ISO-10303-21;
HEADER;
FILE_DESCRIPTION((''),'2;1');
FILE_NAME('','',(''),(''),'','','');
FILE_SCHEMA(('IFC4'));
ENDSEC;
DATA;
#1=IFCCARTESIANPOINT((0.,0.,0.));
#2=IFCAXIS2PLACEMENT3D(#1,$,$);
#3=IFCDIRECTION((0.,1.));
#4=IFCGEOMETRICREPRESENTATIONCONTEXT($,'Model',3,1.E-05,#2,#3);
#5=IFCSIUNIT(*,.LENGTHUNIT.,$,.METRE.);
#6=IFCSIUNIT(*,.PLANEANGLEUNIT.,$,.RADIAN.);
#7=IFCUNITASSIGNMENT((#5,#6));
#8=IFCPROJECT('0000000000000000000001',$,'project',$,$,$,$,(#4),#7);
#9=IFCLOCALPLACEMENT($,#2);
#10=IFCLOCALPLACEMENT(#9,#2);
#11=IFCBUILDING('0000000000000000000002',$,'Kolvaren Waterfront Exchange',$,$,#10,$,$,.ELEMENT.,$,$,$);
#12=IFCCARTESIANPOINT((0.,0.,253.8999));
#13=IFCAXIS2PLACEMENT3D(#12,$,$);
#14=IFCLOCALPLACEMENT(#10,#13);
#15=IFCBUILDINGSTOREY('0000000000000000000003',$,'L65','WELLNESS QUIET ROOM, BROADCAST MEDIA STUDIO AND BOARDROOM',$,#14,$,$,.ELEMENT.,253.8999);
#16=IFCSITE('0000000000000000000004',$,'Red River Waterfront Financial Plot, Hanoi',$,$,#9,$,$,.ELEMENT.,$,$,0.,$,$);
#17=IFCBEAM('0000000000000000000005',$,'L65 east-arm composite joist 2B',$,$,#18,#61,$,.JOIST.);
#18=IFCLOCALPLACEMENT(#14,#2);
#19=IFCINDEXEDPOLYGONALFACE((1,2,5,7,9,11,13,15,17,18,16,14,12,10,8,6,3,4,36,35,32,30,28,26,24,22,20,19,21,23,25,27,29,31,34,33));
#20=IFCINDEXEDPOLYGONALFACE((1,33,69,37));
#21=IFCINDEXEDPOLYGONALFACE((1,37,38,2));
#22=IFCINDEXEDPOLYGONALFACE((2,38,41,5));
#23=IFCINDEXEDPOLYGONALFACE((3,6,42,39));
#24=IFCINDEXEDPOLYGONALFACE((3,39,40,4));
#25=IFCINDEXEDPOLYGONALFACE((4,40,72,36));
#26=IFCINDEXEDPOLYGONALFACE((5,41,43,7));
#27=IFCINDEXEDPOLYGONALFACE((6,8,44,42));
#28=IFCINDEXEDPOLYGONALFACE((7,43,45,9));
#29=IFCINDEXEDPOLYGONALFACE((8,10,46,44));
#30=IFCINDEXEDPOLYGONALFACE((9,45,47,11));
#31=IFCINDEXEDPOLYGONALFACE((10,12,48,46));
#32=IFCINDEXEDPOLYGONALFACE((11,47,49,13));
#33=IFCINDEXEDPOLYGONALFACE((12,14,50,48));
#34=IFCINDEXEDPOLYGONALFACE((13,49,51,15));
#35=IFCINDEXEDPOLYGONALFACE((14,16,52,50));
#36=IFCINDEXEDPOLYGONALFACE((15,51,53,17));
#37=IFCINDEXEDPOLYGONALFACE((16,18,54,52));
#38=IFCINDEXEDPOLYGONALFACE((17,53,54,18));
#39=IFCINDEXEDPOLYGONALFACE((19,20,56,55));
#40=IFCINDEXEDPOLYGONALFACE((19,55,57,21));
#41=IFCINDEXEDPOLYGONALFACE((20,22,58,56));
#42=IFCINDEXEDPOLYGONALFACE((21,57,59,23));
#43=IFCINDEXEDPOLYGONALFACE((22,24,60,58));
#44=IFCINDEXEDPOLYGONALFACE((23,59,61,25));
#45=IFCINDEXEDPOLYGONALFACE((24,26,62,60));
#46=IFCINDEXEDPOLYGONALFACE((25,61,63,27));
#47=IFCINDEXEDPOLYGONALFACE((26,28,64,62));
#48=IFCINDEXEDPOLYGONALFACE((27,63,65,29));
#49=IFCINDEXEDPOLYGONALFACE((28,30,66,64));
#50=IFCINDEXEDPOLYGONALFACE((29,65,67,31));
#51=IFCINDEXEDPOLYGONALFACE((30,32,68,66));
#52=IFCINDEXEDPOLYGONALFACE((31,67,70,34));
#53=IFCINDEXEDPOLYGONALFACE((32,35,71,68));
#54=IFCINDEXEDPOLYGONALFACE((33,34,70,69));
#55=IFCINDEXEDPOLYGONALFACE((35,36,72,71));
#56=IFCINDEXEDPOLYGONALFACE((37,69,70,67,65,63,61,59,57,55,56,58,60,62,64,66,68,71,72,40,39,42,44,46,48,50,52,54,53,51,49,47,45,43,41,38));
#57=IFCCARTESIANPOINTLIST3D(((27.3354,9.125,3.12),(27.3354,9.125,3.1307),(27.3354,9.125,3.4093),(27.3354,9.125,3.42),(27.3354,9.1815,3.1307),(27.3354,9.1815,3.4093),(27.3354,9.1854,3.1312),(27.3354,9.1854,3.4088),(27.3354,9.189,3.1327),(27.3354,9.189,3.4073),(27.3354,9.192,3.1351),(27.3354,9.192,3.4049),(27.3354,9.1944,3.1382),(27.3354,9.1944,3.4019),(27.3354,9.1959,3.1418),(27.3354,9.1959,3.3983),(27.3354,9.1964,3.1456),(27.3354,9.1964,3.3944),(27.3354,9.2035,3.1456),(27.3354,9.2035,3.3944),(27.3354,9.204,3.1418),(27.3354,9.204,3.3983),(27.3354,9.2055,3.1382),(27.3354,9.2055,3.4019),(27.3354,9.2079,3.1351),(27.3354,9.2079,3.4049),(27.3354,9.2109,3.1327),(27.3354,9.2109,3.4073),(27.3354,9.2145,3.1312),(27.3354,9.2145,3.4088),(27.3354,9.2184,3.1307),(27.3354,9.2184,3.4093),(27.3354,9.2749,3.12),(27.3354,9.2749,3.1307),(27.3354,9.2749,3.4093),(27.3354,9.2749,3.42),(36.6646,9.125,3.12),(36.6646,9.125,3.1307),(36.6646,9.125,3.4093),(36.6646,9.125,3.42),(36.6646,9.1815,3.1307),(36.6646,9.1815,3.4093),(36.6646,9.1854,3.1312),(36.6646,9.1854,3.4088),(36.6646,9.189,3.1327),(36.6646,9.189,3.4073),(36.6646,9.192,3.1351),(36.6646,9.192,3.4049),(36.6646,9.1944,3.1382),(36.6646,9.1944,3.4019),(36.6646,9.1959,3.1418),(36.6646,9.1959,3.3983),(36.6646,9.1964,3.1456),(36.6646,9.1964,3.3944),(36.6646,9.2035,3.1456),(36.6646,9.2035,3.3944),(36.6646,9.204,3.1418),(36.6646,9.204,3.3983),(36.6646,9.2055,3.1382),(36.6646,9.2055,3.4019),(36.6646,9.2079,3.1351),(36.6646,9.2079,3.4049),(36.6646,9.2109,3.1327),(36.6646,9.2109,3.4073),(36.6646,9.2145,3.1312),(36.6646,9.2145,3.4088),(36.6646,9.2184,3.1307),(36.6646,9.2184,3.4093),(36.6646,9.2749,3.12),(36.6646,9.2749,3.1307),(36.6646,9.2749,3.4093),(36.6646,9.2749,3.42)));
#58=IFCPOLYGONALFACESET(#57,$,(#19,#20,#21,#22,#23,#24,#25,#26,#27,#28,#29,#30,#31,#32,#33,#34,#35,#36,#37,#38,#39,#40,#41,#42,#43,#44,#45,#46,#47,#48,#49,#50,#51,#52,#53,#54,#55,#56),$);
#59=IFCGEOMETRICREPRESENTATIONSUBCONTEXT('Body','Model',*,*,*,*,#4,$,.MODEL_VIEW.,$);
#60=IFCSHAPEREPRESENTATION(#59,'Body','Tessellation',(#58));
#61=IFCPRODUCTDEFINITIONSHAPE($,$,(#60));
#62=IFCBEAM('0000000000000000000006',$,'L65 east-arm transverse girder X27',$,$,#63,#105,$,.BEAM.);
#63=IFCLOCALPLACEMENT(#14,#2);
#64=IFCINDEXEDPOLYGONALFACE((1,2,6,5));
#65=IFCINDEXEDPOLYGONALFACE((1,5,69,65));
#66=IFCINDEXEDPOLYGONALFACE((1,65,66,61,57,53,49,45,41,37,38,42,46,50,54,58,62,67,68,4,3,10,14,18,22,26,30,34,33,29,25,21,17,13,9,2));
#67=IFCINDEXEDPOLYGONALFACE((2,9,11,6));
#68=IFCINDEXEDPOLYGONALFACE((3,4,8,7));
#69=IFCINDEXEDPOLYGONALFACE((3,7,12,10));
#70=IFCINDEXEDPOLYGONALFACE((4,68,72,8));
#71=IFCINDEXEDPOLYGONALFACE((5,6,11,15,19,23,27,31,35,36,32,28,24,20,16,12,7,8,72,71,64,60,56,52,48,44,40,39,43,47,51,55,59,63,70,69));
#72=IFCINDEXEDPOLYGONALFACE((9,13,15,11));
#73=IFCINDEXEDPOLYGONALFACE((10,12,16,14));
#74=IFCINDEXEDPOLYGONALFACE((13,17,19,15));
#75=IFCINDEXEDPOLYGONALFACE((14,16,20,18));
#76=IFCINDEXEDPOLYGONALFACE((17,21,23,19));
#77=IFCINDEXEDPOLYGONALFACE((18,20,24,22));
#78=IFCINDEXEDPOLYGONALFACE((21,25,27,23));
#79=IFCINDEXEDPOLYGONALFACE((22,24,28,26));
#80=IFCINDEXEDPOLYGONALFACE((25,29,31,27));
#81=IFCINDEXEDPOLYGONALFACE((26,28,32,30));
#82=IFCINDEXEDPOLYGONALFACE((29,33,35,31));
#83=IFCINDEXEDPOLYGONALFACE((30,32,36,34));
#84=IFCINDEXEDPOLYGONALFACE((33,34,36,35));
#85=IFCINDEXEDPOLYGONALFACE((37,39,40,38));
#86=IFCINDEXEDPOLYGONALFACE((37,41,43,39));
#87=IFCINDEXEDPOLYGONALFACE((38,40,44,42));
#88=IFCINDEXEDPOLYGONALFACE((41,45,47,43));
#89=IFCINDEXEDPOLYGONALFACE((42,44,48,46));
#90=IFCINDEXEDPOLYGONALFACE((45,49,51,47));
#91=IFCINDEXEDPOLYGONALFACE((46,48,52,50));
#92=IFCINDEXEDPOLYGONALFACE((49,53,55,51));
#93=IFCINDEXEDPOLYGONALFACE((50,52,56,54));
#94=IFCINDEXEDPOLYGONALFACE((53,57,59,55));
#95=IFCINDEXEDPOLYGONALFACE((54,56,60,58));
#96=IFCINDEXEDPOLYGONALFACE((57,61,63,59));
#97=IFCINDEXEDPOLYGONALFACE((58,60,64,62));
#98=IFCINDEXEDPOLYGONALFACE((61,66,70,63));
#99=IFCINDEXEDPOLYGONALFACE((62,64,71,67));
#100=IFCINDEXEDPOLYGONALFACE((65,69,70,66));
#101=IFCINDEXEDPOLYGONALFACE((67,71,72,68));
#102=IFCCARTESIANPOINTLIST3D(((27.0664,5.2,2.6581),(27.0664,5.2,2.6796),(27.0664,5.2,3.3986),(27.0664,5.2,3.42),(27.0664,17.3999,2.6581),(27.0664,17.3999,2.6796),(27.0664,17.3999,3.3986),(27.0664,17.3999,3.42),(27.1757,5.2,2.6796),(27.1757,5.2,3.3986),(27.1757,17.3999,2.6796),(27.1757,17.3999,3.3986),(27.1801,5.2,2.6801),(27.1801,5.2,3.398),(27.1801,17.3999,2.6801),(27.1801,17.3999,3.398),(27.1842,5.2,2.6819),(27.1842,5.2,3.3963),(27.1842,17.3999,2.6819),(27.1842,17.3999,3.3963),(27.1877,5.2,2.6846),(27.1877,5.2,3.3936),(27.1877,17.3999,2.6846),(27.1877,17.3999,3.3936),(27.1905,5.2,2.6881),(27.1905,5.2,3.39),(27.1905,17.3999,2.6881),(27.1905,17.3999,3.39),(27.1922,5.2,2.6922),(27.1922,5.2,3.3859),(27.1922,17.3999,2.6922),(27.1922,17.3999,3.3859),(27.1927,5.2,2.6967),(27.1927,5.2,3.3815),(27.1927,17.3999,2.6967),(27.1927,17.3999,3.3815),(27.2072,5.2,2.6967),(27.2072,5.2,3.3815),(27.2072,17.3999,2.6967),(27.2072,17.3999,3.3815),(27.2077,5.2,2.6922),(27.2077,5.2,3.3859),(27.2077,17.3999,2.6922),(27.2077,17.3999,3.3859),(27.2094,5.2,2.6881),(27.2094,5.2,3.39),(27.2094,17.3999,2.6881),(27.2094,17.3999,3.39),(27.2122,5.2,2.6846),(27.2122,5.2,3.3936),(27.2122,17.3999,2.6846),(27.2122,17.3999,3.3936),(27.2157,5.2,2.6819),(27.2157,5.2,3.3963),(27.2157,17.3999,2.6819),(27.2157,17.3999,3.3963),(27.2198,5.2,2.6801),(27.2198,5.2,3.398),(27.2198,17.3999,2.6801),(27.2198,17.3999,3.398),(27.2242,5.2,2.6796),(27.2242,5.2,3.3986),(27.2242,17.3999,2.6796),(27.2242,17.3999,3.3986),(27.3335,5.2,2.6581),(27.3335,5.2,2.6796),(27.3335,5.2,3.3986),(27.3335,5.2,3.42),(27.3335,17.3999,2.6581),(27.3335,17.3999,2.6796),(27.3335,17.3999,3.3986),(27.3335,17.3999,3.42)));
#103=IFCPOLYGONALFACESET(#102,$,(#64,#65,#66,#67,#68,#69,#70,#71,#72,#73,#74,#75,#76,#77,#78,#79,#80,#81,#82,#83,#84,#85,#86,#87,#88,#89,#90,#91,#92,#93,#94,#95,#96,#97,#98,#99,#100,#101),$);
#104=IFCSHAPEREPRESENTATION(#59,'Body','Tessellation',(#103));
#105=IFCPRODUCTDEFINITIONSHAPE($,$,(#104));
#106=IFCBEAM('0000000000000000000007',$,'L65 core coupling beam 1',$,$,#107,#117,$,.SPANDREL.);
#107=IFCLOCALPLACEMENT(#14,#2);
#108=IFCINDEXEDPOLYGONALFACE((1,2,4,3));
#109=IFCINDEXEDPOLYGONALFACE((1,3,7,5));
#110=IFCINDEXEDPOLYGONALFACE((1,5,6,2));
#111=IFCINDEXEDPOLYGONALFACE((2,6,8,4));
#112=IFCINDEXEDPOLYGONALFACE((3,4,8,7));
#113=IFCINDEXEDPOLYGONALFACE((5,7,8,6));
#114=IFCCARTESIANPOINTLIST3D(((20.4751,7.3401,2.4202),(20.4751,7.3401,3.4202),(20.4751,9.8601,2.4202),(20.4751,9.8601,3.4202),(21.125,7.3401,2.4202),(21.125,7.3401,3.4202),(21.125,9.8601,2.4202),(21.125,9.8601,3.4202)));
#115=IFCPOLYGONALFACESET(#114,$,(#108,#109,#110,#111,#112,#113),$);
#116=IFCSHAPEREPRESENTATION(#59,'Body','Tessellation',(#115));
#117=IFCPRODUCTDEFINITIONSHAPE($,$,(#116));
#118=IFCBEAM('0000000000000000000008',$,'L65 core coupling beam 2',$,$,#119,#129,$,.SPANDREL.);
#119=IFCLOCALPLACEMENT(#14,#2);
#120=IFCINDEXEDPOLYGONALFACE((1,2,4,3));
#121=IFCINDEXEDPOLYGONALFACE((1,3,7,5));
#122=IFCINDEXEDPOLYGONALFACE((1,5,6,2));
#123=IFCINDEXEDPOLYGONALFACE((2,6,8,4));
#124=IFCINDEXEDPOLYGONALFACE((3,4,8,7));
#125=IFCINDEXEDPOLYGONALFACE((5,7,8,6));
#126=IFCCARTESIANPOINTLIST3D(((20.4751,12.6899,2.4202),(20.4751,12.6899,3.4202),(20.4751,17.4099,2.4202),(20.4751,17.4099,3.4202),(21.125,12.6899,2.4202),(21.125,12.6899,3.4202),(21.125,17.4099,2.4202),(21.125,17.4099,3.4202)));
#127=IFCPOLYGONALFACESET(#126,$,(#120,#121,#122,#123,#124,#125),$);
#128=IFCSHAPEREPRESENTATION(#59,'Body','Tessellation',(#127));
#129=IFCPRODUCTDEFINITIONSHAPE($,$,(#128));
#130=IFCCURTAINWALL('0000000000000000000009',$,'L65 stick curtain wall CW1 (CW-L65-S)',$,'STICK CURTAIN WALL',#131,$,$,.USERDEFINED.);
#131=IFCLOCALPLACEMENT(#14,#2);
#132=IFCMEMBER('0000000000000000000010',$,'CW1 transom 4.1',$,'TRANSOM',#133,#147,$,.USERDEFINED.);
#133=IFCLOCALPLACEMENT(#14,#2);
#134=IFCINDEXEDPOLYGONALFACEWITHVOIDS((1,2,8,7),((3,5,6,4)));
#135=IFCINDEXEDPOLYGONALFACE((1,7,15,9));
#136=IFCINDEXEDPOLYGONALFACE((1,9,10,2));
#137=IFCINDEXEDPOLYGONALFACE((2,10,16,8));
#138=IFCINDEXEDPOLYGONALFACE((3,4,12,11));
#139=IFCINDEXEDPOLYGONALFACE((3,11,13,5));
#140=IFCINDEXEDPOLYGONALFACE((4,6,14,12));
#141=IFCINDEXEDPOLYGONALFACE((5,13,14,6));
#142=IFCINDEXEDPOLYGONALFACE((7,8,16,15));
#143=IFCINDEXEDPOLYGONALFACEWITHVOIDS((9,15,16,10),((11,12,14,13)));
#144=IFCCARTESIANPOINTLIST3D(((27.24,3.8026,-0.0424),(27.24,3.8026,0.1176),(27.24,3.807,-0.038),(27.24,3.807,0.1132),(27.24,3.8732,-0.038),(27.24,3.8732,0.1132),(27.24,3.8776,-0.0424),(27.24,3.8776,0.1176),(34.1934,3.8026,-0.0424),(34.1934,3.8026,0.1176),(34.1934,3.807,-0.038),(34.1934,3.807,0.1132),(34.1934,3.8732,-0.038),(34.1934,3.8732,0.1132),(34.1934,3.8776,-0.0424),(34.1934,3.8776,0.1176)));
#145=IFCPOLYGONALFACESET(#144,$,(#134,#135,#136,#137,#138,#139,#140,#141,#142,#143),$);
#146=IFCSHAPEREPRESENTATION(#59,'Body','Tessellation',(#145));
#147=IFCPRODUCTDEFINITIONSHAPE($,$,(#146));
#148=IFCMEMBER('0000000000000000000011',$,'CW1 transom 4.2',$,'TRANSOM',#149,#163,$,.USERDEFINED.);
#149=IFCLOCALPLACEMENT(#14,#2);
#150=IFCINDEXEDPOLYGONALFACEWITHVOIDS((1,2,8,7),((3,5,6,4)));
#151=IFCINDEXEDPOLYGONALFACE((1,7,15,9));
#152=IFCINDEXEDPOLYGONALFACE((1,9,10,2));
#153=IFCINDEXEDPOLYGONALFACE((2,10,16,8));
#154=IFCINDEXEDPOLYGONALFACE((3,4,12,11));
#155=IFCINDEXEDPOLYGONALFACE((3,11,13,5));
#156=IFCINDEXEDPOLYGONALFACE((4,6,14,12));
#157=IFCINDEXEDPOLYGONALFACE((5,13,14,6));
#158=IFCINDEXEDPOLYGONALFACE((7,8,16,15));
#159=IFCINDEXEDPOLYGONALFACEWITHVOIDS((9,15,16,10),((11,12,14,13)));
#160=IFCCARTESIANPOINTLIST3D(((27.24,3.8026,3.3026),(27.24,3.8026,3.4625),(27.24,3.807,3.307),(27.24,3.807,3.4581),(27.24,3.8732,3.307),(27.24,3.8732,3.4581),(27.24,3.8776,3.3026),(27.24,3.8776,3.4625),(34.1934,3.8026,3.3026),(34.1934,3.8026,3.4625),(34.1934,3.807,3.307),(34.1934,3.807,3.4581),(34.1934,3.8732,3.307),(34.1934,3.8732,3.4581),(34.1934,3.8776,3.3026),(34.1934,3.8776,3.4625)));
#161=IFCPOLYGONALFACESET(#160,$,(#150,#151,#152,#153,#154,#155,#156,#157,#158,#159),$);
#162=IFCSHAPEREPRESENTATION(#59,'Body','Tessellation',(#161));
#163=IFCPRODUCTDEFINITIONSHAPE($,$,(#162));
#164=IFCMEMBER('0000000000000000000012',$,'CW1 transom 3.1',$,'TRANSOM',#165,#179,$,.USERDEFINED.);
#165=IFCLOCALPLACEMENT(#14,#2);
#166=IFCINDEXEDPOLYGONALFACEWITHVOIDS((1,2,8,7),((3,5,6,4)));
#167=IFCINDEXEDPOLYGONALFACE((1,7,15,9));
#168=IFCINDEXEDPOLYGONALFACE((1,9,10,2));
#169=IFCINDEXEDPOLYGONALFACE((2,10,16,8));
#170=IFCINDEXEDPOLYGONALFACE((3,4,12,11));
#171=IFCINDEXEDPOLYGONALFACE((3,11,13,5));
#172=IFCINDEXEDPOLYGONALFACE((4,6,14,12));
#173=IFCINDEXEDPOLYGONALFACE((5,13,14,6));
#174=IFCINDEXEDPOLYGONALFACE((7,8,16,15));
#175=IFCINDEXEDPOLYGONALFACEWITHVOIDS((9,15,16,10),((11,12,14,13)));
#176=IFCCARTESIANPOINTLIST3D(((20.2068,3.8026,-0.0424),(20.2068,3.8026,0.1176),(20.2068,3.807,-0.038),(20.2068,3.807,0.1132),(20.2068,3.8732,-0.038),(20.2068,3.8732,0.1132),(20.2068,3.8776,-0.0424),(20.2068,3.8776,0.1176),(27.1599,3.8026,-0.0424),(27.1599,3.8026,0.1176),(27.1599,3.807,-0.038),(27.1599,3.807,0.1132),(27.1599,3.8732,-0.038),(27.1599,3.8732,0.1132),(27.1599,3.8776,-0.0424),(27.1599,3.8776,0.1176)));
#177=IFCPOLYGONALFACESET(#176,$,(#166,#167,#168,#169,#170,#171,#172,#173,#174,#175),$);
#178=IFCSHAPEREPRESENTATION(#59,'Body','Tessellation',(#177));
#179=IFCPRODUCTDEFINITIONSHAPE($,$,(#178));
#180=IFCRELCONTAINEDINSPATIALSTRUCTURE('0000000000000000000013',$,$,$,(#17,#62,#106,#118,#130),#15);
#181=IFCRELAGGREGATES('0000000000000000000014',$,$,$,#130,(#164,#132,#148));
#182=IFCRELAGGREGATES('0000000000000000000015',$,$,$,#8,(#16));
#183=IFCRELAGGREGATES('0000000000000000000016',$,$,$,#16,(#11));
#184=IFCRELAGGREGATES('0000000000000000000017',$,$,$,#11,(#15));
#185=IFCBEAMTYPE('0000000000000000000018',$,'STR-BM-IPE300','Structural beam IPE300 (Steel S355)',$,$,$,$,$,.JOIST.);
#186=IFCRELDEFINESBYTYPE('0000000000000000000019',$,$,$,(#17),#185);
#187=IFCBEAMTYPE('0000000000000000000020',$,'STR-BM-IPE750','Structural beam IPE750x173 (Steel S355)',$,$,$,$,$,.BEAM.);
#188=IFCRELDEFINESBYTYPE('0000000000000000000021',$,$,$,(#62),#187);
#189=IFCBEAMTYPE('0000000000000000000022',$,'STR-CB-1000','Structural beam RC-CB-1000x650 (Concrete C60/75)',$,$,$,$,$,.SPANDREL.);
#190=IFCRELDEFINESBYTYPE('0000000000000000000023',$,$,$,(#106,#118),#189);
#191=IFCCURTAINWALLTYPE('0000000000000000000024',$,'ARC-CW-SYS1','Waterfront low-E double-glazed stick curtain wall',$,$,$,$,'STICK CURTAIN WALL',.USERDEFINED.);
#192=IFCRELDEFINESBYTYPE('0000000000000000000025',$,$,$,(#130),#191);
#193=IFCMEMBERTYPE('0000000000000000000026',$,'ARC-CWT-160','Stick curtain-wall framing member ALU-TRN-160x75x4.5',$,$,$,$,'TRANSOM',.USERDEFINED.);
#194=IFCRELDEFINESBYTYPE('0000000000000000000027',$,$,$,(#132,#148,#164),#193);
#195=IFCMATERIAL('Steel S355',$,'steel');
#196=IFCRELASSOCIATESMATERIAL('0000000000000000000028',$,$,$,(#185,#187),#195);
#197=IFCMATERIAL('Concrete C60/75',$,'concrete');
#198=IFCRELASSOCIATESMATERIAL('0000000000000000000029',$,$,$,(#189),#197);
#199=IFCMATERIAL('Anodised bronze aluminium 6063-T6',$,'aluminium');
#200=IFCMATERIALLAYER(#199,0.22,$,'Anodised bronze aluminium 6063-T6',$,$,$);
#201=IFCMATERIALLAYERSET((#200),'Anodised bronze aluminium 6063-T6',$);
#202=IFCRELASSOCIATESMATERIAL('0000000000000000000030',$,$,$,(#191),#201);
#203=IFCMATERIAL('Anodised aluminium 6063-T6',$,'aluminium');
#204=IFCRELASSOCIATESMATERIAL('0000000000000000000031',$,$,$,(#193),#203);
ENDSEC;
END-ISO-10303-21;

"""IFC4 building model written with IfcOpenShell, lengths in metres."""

from ifc_helpers import new_model, si_unit, direction, frame, origin, origin_with_axes, origin_2d, place, context, subcontext, project, spatial, rectangle, hollow_rectangle, i_section, extrude, source, transform, mapped, material, layer, layer_set, material_profile, profile_set, type_object, element, aggregate, save


model = new_model("IFC4")

# Units and contexts
model_context = context("Model", 3, precision=1e-05, world=origin(), true_north=direction((0.0, 1.0)))
body_context = subcontext(model_context, "Body", "Model", "MODEL_VIEW")
ifc_project = project(units=[si_unit("LENGTHUNIT", "METRE"), si_unit("PLANEANGLEUNIT", "RADIAN")], contexts=[model_context])

# Site, building, storey
site_placement = place(None, origin())
site = spatial("IfcSite", under=ifc_project, at=site_placement, Name="Red River Waterfront Financial Plot, Hanoi", CompositionType="ELEMENT", RefElevation=0.0)
building_placement = place(site_placement, origin())
building = spatial("IfcBuilding", under=site, at=building_placement, Name="Kolvaren Waterfront Exchange", CompositionType="ELEMENT")
storey_placement = place(building_placement, frame((0.0, 0.0, 253.8999)))
storey = spatial("IfcBuildingStorey", under=building, at=storey_placement, Name="L65", Description="WELLNESS QUIET ROOM, BROADCAST MEDIA STUDIO AND BOARDROOM", CompositionType="ELEMENT", Elevation=253.8999)

# Beams
ifc_material_1 = material(Name="Steel S355", Category="steel")
ifc_material_profile_1 = material_profile(ifc_material_1, i_section(OverallWidth=0.1499, OverallDepth=0.3, WebThickness=0.0071, FlangeThickness=0.0107, FilletRadius=0.0149, at=origin_2d()), Name="IPE300")
ifc_profile_set_1 = profile_set([ifc_material_profile_1], Name="Steel S355")
beam_type_1 = type_object("IfcBeamType", Name="STR-BM-IPE300", Description="Structural beam IPE300 (Steel S355)", PredefinedType="JOIST", material=ifc_profile_set_1)
beam_1_placement = place(storey_placement, frame((27.3354, 9.2, 3.27), z_axis=(1.0, 0.0, 0.0), x_axis=(0.0, 1.0, 0.0)))
element("IfcBeam", 1, at=beam_1_placement, inside=storey, type_object=beam_type_1, Name="L65 east-arm composite joist 2B", PredefinedType="JOIST", context=body_context, shape_type="SweptSolid", body=[
    extrude(i_section(OverallWidth=0.1499, OverallDepth=0.3, WebThickness=0.0071, FlangeThickness=0.0107, FilletRadius=0.0149, at=origin_2d()), origin(), (0.0, 0.0, 1.0), 9.3291),
])
ifc_material_profile_2 = material_profile(ifc_material_1, i_section(OverallWidth=0.2671, OverallDepth=0.762, WebThickness=0.0144, FlangeThickness=0.0215, FilletRadius=0.0171, at=origin_2d()), Name="IPE750x173")
ifc_profile_set_2 = profile_set([ifc_material_profile_2], Name="Steel S355")
beam_type_2 = type_object("IfcBeamType", Name="STR-BM-IPE750", Description="Structural beam IPE750x173 (Steel S355)", PredefinedType="BEAM", material=ifc_profile_set_2)
beam_2_placement = place(storey_placement, frame((27.2, 5.2, 3.0391), z_axis=(0.0, 1.0, 0.0), x_axis=(-1.0, 0.0, 0.0)))
element("IfcBeam", 2, at=beam_2_placement, inside=storey, type_object=beam_type_2, Name="L65 east-arm transverse girder X27", PredefinedType="BEAM", context=body_context, shape_type="SweptSolid", body=[
    extrude(i_section(OverallWidth=0.2671, OverallDepth=0.762, WebThickness=0.0144, FlangeThickness=0.0215, FilletRadius=0.0171, at=origin_2d()), origin(), (0.0, 0.0, 1.0), 12.2),
])
ifc_material_2 = material(Name="Concrete C60/75", Category="concrete")
ifc_material_profile_3 = material_profile(ifc_material_2, rectangle(XDim=0.6499, YDim=1.0, at=origin_2d()), Name="RC-CB-1000x650")
ifc_profile_set_3 = profile_set([ifc_material_profile_3], Name="Concrete C60/75")
beam_type_3 = type_object("IfcBeamType", Name="STR-CB-1000", Description="Structural beam RC-CB-1000x650 (Concrete C60/75)", PredefinedType="SPANDREL", material=ifc_profile_set_3)
beam_3_placement = place(storey_placement, frame((20.8, 7.3401, 2.9202), z_axis=(0.0, 1.0, 0.0), x_axis=(-1.0, 0.0, 0.0)))
element("IfcBeam", 3, at=beam_3_placement, inside=storey, type_object=beam_type_3, Name="L65 core coupling beam 1", PredefinedType="SPANDREL", context=body_context, shape_type="SweptSolid", body=[
    extrude(rectangle(XDim=0.6499, YDim=1.0, at=origin_2d()), origin(), (0.0, 0.0, 1.0), 2.52),
])
beam_4_placement = place(storey_placement, frame((20.8, 12.6899, 2.9202), z_axis=(0.0, 1.0, 0.0), x_axis=(-1.0, 0.0, 0.0)))
element("IfcBeam", 4, at=beam_4_placement, inside=storey, type_object=beam_type_3, Name="L65 core coupling beam 2", PredefinedType="SPANDREL", context=body_context, shape_type="SweptSolid", body=[
    extrude(rectangle(XDim=0.6499, YDim=1.0, at=origin_2d()), origin(), (0.0, 0.0, 1.0), 4.72),
])

# Curtain wall, members
ifc_material_3 = material(Name="Anodised bronze aluminium 6063-T6", Category="aluminium")
ifc_layer_1 = layer(ifc_material_3, 0.22, Name="Anodised bronze aluminium 6063-T6")
ifc_layer_set_1 = layer_set([ifc_layer_1], Name="Anodised bronze aluminium 6063-T6")
curtain_wall_type_1 = type_object("IfcCurtainWallType", Name="ARC-CW-SYS1", Description="Waterfront low-E double-glazed stick curtain wall", ElementType="STICK CURTAIN WALL", PredefinedType="USERDEFINED", material=ifc_layer_set_1)
curtain_wall_1_placement = place(storey_placement, origin())
curtain_wall_1 = element("IfcCurtainWall", 5, at=curtain_wall_1_placement, inside=storey, type_object=curtain_wall_type_1, Name="L65 stick curtain wall CW1 (CW-L65-S)", ObjectType="STICK CURTAIN WALL", PredefinedType="USERDEFINED")
ifc_material_4 = material(Name="Anodised aluminium 6063-T6", Category="aluminium")
ifc_material_profile_4 = material_profile(ifc_material_4, hollow_rectangle(XDim=0.075, YDim=0.1599, WallThickness=0.0044, at=origin_2d()), Name="ALU-TRN-160x75x4.5")
ifc_profile_set_4 = profile_set([ifc_material_profile_4], Name="Anodised aluminium 6063-T6")
member_type_1 = type_object("IfcMemberType", Name="ARC-CWT-160", Description="Stick curtain-wall framing member ALU-TRN-160x75x4.5", ElementType="TRANSOM", PredefinedType="USERDEFINED", material=ifc_profile_set_4)
shared_shape_1 = source(origin_with_axes(), body_context, "Body", "SweptSolid", [
    extrude(hollow_rectangle(XDim=0.075, YDim=0.1599, WallThickness=0.0044, at=origin_2d()), origin(), (0.0, 0.0, 1.0), 6.9534),
])
member_1_placement = place(storey_placement, frame((27.24, 3.8401, 0.0376), z_axis=(1.0, 0.0, 0.0), x_axis=(0.0, 1.0, 0.0)))
member_1 = element("IfcMember", 6, at=member_1_placement, type_object=member_type_1, Name="CW1 transom 4.1", ObjectType="TRANSOM", PredefinedType="USERDEFINED", context=body_context, shape_type="MappedRepresentation", body=[
    mapped(shared_shape_1, transform((0.0, 0.0, 0.0), x_axis=(1.0, 0.0, 0.0), y_axis=(0.0, 1.0, 0.0), z_axis=(0.0, 0.0, 1.0), scale=1.0)),
])
member_2_placement = place(storey_placement, frame((27.24, 3.8401, 3.3826), z_axis=(1.0, 0.0, 0.0), x_axis=(0.0, 1.0, 0.0)))
member_2 = element("IfcMember", 7, at=member_2_placement, type_object=member_type_1, Name="CW1 transom 4.2", ObjectType="TRANSOM", PredefinedType="USERDEFINED", context=body_context, shape_type="MappedRepresentation", body=[
    mapped(shared_shape_1, transform((0.0, 0.0, 0.0), x_axis=(1.0, 0.0, 0.0), y_axis=(0.0, 1.0, 0.0), z_axis=(0.0, 0.0, 1.0), scale=1.0)),
])
shared_shape_2 = source(origin_with_axes(), body_context, "Body", "SweptSolid", [
    extrude(hollow_rectangle(XDim=0.075, YDim=0.1599, WallThickness=0.0044, at=origin_2d()), origin(), (0.0, 0.0, 1.0), 6.9531),
])
member_3_placement = place(storey_placement, frame((20.2068, 3.8401, 0.0376), z_axis=(1.0, 0.0, 0.0), x_axis=(0.0, 1.0, 0.0)))
member_3 = element("IfcMember", 8, at=member_3_placement, type_object=member_type_1, Name="CW1 transom 3.1", ObjectType="TRANSOM", PredefinedType="USERDEFINED", context=body_context, shape_type="MappedRepresentation", body=[
    mapped(shared_shape_2, transform((0.0, 0.0, 0.0), x_axis=(1.0, 0.0, 0.0), y_axis=(0.0, 1.0, 0.0), z_axis=(0.0, 0.0, 1.0), scale=1.0)),
])

aggregate(curtain_wall_1, [member_3, member_1, member_2])

save(model, "model.ifc")
